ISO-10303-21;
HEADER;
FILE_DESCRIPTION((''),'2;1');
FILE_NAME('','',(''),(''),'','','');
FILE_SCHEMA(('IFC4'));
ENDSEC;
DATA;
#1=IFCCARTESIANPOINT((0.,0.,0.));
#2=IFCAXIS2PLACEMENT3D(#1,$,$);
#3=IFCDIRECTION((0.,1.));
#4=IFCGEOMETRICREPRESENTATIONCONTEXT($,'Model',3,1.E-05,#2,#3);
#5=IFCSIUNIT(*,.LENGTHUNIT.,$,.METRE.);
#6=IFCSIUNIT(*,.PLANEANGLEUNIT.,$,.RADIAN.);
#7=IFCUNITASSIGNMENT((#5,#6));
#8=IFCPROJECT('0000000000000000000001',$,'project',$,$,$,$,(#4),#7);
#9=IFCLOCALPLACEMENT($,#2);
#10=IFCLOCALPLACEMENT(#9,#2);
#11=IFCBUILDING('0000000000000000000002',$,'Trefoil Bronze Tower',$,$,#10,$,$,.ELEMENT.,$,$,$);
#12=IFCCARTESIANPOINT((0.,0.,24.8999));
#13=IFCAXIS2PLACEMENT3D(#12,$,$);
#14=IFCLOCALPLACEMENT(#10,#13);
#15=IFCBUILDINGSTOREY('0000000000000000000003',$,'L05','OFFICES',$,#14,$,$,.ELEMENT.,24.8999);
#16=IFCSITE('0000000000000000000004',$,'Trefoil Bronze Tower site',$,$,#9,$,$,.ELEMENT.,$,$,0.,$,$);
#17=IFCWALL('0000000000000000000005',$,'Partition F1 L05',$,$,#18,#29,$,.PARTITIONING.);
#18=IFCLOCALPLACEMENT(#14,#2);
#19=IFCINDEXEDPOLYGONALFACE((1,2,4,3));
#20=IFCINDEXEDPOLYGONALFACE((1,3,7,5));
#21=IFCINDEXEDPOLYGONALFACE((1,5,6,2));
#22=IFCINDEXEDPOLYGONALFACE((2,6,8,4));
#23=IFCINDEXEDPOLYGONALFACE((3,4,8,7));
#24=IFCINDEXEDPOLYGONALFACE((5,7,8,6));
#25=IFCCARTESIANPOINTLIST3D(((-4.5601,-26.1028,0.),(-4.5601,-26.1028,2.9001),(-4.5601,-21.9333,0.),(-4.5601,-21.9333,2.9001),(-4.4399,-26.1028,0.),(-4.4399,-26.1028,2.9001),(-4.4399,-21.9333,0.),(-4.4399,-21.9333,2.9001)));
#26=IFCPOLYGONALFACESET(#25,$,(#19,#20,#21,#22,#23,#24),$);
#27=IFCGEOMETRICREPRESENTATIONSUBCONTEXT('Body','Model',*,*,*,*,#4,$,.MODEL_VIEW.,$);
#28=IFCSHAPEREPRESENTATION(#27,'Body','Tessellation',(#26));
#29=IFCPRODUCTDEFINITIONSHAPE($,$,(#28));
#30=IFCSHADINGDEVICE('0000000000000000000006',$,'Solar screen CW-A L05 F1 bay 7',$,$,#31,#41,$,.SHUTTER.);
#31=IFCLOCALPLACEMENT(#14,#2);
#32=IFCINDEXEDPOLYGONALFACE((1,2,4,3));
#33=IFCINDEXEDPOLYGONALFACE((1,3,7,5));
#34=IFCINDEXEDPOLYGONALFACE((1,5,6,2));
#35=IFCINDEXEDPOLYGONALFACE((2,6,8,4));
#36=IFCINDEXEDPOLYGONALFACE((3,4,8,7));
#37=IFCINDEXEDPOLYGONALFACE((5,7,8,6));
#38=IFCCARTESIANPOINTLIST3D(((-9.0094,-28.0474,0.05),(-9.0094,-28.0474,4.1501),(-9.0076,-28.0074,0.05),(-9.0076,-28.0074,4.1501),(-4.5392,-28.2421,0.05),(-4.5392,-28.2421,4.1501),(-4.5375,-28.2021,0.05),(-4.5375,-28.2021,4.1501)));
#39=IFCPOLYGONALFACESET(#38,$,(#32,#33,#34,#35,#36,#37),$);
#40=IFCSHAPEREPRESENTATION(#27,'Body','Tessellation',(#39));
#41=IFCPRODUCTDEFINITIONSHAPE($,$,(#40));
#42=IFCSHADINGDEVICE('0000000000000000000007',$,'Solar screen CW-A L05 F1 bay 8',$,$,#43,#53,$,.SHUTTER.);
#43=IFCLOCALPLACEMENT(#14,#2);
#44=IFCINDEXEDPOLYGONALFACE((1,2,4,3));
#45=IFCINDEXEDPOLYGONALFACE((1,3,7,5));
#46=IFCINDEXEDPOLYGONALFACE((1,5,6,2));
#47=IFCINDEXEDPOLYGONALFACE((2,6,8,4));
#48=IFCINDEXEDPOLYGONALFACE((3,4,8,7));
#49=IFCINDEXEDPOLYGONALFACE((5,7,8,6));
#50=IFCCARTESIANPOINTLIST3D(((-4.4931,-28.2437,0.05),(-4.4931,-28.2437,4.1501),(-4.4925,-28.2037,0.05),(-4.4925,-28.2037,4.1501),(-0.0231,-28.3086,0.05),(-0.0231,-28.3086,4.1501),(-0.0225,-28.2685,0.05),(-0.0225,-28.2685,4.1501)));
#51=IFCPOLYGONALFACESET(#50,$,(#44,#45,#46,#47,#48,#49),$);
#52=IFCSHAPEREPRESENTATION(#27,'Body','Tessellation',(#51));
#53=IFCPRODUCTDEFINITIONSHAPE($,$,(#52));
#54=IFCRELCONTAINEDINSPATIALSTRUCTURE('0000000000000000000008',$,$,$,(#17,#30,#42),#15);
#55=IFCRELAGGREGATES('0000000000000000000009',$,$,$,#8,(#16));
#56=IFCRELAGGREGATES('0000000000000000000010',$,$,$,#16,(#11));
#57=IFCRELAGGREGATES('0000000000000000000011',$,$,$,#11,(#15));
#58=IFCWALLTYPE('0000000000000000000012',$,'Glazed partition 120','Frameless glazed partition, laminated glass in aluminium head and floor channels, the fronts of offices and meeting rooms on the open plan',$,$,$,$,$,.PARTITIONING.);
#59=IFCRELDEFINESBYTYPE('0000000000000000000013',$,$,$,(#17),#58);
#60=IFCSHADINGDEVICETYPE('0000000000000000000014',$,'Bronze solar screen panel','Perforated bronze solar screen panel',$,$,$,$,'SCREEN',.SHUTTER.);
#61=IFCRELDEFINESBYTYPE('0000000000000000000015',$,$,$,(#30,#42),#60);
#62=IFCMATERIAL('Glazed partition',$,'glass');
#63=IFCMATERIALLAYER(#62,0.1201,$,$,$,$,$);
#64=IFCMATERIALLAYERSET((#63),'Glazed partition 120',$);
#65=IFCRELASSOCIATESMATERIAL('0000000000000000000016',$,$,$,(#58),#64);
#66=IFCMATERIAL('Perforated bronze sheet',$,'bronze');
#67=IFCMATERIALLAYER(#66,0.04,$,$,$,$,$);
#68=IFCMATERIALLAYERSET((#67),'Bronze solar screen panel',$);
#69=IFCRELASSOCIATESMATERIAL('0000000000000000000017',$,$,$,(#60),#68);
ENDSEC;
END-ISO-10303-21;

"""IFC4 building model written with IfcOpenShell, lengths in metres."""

from ifc_helpers import new_model, si_unit, direction, frame, frame_2d, origin, origin_2d, place, context, subcontext, project, spatial, rectangle, extrude, material, layer, layer_set, type_object, element, save


model = new_model("IFC4")

# Units and contexts
model_context = context("Model", 3, precision=1e-05, world=origin(), true_north=direction((0.0, 1.0)))
body_context = subcontext(model_context, "Body", "Model", "MODEL_VIEW")
ifc_project = project(units=[si_unit("LENGTHUNIT", "METRE"), si_unit("PLANEANGLEUNIT", "RADIAN")], contexts=[model_context])

# Site, building, storey
site_placement = place(None, origin())
site = spatial("IfcSite", under=ifc_project, at=site_placement, Name="Trefoil Bronze Tower site", CompositionType="ELEMENT", RefElevation=0.0)
building_placement = place(site_placement, origin())
building = spatial("IfcBuilding", under=site, at=building_placement, Name="Trefoil Bronze Tower", CompositionType="ELEMENT")
storey_placement = place(building_placement, frame((0.0, 0.0, 24.8999)))
storey = spatial("IfcBuildingStorey", under=building, at=storey_placement, Name="L05", Description="OFFICES", CompositionType="ELEMENT", Elevation=24.8999)

# Shared definitions
ifc_material_1 = material(Name="Glazed partition", Category="glass")
ifc_layer_1 = layer(ifc_material_1, 0.1201)
ifc_layer_set_1 = layer_set([ifc_layer_1], Name="Glazed partition 120")
wall_type = type_object("IfcWallType", Name="Glazed partition 120", Description="Frameless glazed partition, laminated glass in aluminium head and floor channels, the fronts of offices and meeting rooms on the open plan", PredefinedType="PARTITIONING", material=ifc_layer_set_1)

# Wall
wall_1_placement = place(storey_placement, frame((-4.5, -21.9333, 0.0), z_axis=(0.0, 0.0, 1.0), x_axis=(0.0, -1.0, 0.0)))
element("IfcWall", 1, at=wall_1_placement, inside=storey, type_object=wall_type, Name="Partition F1 L05", PredefinedType="PARTITIONING", context=body_context, shape_type="SweptSolid", body=[
    extrude(rectangle(XDim=4.1694, YDim=0.1201, at=frame_2d((2.0847, 0.0))), origin(), (0.0, 0.0, 1.0), 2.9001),
])

# Shading devices
ifc_material_2 = material(Name="Perforated bronze sheet", Category="bronze")
ifc_layer_2 = layer(ifc_material_2, 0.04)
ifc_layer_set_2 = layer_set([ifc_layer_2], Name="Bronze solar screen panel")
shading_device_type = type_object("IfcShadingDeviceType", Name="Bronze solar screen panel", Description="Perforated bronze solar screen panel", ElementType="SCREEN", PredefinedType="SHUTTER", material=ifc_layer_set_2)
shading_device_1_placement = place(storey_placement, frame((-6.7734, -28.1248, 0.05), z_axis=(0.0, 0.0, 1.0), x_axis=(0.999052, -0.043528, 0.0)))
element("IfcShadingDevice", 2, at=shading_device_1_placement, inside=storey, type_object=shading_device_type, Name="Solar screen CW-A L05 F1 bay 7", PredefinedType="SHUTTER", context=body_context, shape_type="SweptSolid", body=[
    extrude(rectangle(XDim=4.4744, YDim=0.04, at=origin_2d()), origin(), (0.0, 0.0, 1.0), 4.1001),
])
shading_device_2_placement = place(storey_placement, frame((-2.2578, -28.2561, 0.05), z_axis=(0.0, 0.0, 1.0), x_axis=(0.999895, -0.014509, 0.0)))
element("IfcShadingDevice", 3, at=shading_device_2_placement, inside=storey, type_object=shading_device_type, Name="Solar screen CW-A L05 F1 bay 8", PredefinedType="SHUTTER", context=body_context, shape_type="SweptSolid", body=[
    extrude(rectangle(XDim=4.4705, YDim=0.04, at=origin_2d()), origin(), (0.0, 0.0, 1.0), 4.1001),
])

save(model, "model.ifc")
